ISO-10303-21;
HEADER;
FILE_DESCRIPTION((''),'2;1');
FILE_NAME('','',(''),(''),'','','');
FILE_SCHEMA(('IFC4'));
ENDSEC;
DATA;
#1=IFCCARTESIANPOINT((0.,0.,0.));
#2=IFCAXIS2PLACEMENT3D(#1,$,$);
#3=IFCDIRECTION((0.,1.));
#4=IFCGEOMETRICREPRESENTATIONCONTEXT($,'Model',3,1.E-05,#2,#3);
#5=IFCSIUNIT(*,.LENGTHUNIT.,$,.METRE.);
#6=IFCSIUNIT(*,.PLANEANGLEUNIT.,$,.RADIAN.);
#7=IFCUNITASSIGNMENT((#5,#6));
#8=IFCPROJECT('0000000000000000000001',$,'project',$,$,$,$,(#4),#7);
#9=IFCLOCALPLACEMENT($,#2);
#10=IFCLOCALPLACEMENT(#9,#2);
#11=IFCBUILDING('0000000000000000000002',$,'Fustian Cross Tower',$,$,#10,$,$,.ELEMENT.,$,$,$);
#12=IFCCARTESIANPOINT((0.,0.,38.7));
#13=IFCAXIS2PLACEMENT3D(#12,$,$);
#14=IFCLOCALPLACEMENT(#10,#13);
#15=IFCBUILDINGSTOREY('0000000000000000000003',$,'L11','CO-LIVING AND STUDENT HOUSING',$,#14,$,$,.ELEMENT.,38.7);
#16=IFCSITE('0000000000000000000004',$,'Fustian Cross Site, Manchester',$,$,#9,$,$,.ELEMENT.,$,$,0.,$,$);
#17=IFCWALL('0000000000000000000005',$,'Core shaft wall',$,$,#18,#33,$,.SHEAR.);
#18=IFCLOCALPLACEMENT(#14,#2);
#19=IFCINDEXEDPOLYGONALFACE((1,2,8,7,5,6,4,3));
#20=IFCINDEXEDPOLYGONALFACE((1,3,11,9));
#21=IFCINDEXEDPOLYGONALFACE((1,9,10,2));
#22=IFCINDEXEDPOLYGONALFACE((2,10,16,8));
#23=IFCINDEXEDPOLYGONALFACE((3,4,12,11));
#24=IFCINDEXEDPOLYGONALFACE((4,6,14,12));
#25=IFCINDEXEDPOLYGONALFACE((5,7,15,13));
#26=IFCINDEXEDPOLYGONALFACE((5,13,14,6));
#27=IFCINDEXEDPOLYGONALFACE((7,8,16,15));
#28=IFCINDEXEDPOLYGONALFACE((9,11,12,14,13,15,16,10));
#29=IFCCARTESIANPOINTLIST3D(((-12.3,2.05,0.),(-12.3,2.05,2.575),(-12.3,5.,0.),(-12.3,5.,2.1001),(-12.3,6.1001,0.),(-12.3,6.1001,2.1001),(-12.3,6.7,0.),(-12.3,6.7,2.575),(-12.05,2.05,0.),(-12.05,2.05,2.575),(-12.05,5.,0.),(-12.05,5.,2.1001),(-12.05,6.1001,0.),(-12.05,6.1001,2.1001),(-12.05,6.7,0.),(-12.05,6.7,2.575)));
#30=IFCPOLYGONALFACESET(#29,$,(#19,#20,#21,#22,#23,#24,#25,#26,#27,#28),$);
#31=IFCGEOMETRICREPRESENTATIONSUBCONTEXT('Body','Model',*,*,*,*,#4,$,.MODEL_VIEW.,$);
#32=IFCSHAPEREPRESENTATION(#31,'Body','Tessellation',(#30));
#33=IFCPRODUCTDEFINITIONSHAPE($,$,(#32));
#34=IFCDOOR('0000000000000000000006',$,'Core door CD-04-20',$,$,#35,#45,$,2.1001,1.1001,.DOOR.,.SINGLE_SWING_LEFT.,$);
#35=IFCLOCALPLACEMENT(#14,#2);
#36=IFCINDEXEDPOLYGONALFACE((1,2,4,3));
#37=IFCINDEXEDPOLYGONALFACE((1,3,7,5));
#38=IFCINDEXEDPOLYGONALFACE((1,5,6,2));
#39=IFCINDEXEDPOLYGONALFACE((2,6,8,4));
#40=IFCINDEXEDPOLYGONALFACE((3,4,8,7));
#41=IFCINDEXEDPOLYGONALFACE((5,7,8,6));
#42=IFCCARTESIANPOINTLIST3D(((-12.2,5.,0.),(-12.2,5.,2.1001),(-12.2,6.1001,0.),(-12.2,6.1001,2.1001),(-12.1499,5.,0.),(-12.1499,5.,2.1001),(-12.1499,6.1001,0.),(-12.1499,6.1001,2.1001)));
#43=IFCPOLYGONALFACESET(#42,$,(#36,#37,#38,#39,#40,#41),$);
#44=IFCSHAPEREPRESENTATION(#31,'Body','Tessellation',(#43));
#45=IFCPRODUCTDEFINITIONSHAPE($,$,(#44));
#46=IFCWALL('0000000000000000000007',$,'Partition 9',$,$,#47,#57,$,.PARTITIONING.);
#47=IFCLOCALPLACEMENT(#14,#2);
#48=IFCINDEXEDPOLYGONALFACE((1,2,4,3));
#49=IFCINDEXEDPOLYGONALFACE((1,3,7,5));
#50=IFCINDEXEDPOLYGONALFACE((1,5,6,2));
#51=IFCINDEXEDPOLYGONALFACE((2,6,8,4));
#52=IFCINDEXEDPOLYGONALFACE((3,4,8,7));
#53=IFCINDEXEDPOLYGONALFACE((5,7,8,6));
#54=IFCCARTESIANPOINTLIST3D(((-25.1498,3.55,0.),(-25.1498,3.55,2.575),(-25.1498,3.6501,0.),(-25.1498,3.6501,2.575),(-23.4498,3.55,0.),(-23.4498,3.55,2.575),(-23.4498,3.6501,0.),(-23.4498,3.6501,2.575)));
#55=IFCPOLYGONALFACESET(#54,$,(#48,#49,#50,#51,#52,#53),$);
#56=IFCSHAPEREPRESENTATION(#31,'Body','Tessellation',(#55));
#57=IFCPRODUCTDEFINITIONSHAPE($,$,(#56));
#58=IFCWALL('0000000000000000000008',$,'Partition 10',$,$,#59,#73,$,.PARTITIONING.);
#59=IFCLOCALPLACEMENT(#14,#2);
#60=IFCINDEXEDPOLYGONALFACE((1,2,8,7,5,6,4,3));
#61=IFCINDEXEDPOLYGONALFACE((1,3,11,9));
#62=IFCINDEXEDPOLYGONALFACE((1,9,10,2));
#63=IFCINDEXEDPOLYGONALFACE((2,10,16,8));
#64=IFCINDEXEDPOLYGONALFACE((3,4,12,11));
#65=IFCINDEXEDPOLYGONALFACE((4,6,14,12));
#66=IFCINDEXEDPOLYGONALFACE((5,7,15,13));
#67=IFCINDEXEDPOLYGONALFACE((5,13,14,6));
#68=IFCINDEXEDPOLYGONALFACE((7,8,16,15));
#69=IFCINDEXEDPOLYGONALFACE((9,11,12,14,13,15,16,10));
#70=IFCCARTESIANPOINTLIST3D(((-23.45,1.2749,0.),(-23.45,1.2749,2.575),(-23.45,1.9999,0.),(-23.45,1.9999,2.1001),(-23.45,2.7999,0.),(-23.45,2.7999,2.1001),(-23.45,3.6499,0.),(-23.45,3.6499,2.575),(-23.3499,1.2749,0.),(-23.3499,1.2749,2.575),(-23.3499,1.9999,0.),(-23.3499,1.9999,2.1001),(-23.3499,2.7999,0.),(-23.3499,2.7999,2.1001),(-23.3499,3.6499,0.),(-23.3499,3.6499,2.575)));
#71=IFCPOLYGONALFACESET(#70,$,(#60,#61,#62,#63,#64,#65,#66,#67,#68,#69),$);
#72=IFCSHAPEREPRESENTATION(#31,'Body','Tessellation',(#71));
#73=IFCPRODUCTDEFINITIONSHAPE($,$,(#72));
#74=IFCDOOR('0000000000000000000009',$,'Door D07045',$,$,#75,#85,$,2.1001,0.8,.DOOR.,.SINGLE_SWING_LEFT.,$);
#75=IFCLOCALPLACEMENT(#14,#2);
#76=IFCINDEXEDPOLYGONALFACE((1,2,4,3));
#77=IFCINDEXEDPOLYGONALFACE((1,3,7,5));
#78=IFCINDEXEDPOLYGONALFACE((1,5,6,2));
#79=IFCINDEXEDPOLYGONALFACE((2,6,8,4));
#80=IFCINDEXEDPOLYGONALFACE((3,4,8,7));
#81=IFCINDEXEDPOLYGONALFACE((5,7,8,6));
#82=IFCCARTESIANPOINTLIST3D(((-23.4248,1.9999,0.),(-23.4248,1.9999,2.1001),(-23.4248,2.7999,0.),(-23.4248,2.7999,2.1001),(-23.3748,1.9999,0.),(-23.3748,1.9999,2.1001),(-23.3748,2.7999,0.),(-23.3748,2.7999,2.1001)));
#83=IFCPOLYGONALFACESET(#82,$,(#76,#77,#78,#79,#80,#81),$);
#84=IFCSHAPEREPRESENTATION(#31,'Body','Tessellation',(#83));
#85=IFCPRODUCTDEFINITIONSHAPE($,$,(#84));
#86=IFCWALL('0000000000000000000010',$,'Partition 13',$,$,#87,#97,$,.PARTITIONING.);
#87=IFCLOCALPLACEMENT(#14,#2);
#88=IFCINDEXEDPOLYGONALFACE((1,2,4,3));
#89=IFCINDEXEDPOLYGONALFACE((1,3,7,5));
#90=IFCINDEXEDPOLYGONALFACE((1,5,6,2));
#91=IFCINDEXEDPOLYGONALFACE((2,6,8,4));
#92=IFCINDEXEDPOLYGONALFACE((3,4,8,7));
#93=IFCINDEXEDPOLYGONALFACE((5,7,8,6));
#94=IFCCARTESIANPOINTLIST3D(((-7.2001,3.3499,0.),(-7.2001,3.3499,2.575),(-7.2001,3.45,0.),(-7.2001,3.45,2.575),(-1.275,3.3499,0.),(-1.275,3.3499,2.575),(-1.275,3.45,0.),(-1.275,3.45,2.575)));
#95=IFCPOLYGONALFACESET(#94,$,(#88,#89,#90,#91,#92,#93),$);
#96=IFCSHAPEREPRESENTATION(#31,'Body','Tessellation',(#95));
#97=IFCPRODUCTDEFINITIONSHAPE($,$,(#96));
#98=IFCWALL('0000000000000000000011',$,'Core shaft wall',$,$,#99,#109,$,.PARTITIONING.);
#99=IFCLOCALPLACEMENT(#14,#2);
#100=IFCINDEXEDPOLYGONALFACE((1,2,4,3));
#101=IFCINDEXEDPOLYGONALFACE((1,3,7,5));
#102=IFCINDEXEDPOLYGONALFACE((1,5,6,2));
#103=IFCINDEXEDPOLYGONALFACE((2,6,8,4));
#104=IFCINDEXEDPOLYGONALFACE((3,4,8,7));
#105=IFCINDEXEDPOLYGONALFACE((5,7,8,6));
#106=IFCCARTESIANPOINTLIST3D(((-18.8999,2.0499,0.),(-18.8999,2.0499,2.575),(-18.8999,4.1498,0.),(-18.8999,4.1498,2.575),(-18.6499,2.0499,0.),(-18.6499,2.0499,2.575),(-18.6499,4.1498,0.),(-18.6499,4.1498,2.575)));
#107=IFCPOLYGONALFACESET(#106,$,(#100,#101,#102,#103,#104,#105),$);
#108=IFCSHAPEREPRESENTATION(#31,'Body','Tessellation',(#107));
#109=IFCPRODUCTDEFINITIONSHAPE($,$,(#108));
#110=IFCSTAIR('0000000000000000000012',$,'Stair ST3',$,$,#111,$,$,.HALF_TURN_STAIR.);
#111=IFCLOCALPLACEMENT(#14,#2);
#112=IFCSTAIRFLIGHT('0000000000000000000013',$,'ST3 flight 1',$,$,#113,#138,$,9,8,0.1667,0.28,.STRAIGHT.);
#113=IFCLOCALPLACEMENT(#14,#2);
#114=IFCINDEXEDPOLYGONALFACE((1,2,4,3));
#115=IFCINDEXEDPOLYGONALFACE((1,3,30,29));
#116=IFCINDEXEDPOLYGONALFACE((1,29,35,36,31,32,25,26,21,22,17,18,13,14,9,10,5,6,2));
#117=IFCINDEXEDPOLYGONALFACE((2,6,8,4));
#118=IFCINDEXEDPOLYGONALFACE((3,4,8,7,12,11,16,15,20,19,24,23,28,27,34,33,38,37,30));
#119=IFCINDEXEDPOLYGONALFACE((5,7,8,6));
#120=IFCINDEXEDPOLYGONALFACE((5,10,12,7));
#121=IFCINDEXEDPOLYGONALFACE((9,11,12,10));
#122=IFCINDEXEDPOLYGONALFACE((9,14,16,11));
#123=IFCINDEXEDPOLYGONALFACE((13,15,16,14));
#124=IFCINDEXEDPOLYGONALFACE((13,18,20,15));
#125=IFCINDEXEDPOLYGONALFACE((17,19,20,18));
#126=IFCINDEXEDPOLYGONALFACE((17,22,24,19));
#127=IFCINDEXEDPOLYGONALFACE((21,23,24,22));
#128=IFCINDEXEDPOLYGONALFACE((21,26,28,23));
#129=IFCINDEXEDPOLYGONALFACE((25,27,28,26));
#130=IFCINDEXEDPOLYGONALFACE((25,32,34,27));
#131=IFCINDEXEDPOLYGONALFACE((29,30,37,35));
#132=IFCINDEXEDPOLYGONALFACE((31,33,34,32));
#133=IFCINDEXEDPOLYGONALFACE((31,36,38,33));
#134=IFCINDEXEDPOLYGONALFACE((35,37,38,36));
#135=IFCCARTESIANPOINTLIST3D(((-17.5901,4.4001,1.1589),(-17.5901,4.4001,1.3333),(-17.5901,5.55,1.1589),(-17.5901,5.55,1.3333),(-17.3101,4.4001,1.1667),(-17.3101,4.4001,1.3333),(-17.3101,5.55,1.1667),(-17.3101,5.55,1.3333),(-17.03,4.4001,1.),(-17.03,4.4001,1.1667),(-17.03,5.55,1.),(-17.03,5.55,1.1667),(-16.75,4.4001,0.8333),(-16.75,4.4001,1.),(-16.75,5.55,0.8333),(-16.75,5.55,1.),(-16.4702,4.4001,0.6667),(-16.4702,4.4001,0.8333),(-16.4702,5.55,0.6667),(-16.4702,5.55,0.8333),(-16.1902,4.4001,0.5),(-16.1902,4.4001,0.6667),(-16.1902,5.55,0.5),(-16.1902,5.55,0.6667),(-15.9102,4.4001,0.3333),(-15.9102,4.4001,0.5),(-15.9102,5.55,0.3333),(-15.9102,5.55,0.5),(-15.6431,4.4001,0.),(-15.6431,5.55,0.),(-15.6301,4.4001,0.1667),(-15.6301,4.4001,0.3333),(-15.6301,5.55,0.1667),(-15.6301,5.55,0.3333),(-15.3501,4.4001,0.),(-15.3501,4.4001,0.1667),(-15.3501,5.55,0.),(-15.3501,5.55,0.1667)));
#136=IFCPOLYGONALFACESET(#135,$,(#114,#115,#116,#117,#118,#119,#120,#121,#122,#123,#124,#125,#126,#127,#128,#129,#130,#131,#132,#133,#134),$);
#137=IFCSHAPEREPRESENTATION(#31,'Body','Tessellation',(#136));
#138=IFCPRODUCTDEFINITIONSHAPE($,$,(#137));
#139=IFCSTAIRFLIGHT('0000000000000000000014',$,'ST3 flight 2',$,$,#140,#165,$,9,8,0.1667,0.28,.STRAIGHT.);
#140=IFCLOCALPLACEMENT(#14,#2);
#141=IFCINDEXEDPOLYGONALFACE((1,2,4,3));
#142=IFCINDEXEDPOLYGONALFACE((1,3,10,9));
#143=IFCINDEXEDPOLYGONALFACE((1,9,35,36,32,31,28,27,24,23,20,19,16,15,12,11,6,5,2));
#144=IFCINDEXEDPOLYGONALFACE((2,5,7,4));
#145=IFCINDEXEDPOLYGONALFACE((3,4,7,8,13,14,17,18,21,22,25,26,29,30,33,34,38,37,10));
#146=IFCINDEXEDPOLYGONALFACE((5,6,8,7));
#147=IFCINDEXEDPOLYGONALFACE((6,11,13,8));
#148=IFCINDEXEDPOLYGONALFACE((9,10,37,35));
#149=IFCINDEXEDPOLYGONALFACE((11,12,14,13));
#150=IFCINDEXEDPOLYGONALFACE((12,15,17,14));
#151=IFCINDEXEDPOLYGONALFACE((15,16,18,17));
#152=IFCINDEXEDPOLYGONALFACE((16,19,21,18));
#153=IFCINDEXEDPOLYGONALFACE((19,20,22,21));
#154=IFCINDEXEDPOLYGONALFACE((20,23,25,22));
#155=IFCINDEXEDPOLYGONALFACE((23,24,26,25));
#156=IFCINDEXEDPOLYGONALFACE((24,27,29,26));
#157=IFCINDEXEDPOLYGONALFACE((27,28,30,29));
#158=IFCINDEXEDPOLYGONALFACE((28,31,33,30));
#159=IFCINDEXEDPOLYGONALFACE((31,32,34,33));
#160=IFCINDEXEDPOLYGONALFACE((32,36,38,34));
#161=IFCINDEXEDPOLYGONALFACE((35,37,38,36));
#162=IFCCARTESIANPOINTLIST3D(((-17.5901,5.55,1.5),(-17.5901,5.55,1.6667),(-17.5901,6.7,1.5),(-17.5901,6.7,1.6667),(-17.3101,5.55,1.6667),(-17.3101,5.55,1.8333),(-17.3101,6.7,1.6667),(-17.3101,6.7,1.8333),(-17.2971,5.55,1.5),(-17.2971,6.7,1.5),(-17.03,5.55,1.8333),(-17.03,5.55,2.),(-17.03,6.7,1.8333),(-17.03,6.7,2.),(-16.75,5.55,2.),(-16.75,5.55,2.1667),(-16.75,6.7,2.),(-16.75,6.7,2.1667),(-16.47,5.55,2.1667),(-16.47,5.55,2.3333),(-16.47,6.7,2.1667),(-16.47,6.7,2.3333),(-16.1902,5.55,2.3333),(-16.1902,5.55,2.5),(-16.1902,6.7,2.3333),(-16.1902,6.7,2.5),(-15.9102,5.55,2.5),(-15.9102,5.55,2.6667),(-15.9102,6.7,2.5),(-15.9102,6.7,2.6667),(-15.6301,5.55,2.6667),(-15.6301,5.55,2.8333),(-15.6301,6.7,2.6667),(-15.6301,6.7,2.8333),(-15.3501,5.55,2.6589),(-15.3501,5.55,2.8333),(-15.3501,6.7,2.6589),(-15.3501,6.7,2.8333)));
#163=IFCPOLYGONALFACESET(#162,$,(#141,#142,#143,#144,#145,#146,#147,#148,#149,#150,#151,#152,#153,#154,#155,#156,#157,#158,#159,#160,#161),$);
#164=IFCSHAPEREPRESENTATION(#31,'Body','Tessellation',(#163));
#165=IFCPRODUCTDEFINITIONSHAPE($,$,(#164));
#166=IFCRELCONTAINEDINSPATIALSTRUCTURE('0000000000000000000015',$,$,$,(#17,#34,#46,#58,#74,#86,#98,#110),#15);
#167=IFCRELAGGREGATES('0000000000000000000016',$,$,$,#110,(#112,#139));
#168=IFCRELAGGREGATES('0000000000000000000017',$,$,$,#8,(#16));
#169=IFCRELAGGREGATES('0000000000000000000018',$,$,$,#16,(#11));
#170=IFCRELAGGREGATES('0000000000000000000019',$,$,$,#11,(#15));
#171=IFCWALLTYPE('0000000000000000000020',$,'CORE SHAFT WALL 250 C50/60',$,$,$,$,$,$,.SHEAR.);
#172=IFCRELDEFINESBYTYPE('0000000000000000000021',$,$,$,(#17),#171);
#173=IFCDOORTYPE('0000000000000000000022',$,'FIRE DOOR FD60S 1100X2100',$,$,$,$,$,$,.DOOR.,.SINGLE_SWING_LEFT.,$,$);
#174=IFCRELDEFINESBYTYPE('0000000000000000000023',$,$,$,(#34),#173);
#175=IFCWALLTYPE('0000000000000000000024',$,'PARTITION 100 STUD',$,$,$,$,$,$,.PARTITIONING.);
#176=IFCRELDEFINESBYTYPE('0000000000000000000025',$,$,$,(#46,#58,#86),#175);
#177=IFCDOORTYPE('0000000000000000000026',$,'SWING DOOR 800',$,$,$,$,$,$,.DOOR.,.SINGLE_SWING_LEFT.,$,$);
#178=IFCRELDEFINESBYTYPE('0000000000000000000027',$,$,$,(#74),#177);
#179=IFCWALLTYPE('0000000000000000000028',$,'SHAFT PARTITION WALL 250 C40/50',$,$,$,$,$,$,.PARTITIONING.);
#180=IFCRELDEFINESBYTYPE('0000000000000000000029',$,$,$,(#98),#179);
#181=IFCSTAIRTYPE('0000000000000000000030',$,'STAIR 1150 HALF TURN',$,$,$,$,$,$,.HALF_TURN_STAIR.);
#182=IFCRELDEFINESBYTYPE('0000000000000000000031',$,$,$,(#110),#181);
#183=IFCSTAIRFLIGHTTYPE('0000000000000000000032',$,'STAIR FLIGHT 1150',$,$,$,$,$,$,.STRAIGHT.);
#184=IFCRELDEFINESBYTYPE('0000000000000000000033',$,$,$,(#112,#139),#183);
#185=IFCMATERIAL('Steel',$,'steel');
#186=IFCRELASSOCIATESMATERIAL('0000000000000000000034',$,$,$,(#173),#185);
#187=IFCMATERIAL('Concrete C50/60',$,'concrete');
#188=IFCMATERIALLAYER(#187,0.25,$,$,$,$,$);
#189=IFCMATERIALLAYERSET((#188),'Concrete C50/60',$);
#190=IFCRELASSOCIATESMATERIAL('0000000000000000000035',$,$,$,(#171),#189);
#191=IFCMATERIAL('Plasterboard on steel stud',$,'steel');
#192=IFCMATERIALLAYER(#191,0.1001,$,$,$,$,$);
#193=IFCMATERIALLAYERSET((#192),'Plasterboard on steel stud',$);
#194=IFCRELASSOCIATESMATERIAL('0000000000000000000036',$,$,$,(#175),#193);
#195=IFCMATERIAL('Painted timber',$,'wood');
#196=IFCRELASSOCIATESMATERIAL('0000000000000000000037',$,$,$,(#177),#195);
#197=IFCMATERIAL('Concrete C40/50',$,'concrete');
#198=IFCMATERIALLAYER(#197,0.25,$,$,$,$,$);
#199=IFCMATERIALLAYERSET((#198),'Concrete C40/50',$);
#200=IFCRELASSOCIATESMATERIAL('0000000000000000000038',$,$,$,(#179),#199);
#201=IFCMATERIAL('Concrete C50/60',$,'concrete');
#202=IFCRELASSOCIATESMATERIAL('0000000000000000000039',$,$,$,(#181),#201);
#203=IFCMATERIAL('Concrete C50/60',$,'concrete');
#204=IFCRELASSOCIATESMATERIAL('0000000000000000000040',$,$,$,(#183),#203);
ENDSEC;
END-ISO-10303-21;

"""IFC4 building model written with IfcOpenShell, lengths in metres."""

from ifc_helpers import new_model, si_unit, direction, frame, frame_2d, origin, place, context, subcontext, project, spatial, polyline, rectangle, outline, extrude, material, layer, layer_set, type_object, element, fill, aggregate, save


model = new_model("IFC4")

# Units and contexts
model_context = context("Model", 3, precision=1e-05, world=origin(), true_north=direction((0.0, 1.0)))
body_context = subcontext(model_context, "Body", "Model", "MODEL_VIEW")
ifc_project = project(units=[si_unit("LENGTHUNIT", "METRE"), si_unit("PLANEANGLEUNIT", "RADIAN")], contexts=[model_context])

# Site, building, storey
site_placement = place(None, origin())
site = spatial("IfcSite", under=ifc_project, at=site_placement, Name="Fustian Cross Site, Manchester", CompositionType="ELEMENT", RefElevation=0.0)
building_placement = place(site_placement, origin())
building = spatial("IfcBuilding", under=site, at=building_placement, Name="Fustian Cross Tower", CompositionType="ELEMENT")
storey_placement = place(building_placement, frame((0.0, 0.0, 38.7)))
storey = spatial("IfcBuildingStorey", under=building, at=storey_placement, Name="L11", Description="CO-LIVING AND STUDENT HOUSING", CompositionType="ELEMENT", Elevation=38.7)

# Shared definitions
ifc_material_1 = material(Name="Steel", Category="steel")
door_type_1 = type_object("IfcDoorType", Name="FIRE DOOR FD60S 1100X2100", OperationType="SINGLE_SWING_LEFT", PredefinedType="DOOR", material=ifc_material_1)

# Shared definitions
ifc_material_2 = material(Name="Concrete C50/60", Category="concrete")
ifc_layer_1 = layer(ifc_material_2, 0.25)
ifc_layer_set_1 = layer_set([ifc_layer_1], Name="Concrete C50/60")
wall_type_1 = type_object("IfcWallType", Name="CORE SHAFT WALL 250 C50/60", PredefinedType="SHEAR", material=ifc_layer_set_1)

# Wall, opening, door
wall_1_placement = place(storey_placement, frame((-12.175, 2.05, 0.0), z_axis=(0.0, 0.0, 1.0), x_axis=(0.0, 1.0, 0.0)))
wall_1 = element("IfcWall", 1, at=wall_1_placement, inside=storey, type_object=wall_type_1, Name="Core shaft wall", PredefinedType="SHEAR", context=body_context, shape_type="SweptSolid", body=[
    extrude(rectangle(XDim=4.6499, YDim=0.25, at=frame_2d((2.325, 0.0))), origin(), (0.0, 0.0, 1.0), 2.575),
])
opening_1_placement = place(wall_1_placement, frame((2.95, 0.0, 0.0)))
opening_1 = element("IfcOpeningElement", 2, at=opening_1_placement, cuts=wall_1, PredefinedType="OPENING", context=body_context, shape_type="SweptSolid", body=[
    extrude(rectangle(XDim=1.1001, YDim=2.1001, at=frame_2d((0.55, 1.05))), frame((0.0, 0.135, 0.0), z_axis=(0.0, -1.0, 0.0), x_axis=(1.0, 0.0, 0.0)), (0.0, 0.0, 1.0), 0.27),
])
door_1_placement = place(opening_1_placement, origin())
door_1 = element("IfcDoor", 3, at=door_1_placement, inside=storey, type_object=door_type_1, Name="Core door CD-04-20", OperationType="SINGLE_SWING_LEFT", OverallHeight=2.1001, OverallWidth=1.1001, PredefinedType="DOOR", context=body_context, shape_type="SweptSolid", body=[
    extrude(rectangle(XDim=1.1001, YDim=2.1001, at=frame_2d((0.55, 1.05))), frame((0.0, 0.0249, 0.0), z_axis=(0.0, -1.0, 0.0), x_axis=(1.0, 0.0, 0.0)), (0.0, 0.0, 1.0), 0.05),
])
fill(opening_1, door_1)

# Wall
ifc_material_3 = material(Name="Plasterboard on steel stud", Category="steel")
ifc_layer_2 = layer(ifc_material_3, 0.1001)
ifc_layer_set_2 = layer_set([ifc_layer_2], Name="Plasterboard on steel stud")
wall_type_2 = type_object("IfcWallType", Name="PARTITION 100 STUD", PredefinedType="PARTITIONING", material=ifc_layer_set_2)
wall_2_placement = place(storey_placement, frame((-25.1499, 3.6001, 0.0), z_axis=(0.0, 0.0, 1.0), x_axis=(1.0, 0.0, 0.0)))
element("IfcWall", 4, at=wall_2_placement, inside=storey, type_object=wall_type_2, Name="Partition 9", PredefinedType="PARTITIONING", context=body_context, shape_type="SweptSolid", body=[
    extrude(rectangle(XDim=1.7, YDim=0.1001, at=frame_2d((0.8501, 0.0))), origin(), (0.0, 0.0, 1.0), 2.575),
])

# Wall, opening, door
wall_3_placement = place(storey_placement, frame((-23.3999, 1.2749, 0.0), z_axis=(0.0, 0.0, 1.0), x_axis=(0.0, 1.0, 0.0)))
wall_3 = element("IfcWall", 5, at=wall_3_placement, inside=storey, type_object=wall_type_2, Name="Partition 10", PredefinedType="PARTITIONING", context=body_context, shape_type="SweptSolid", body=[
    extrude(rectangle(XDim=2.375, YDim=0.1001, at=frame_2d((1.1875, 0.0))), origin(), (0.0, 0.0, 1.0), 2.575),
])
opening_2_placement = place(wall_3_placement, frame((0.7251, 0.0, 0.0)))
opening_2 = element("IfcOpeningElement", 6, at=opening_2_placement, cuts=wall_3, PredefinedType="OPENING", context=body_context, shape_type="SweptSolid", body=[
    extrude(rectangle(XDim=0.8, YDim=2.1001, at=frame_2d((0.3999, 1.05))), frame((0.0, 0.0601, 0.0), z_axis=(0.0, -1.0, 0.0), x_axis=(1.0, 0.0, 0.0)), (0.0, 0.0, 1.0), 0.1201),
])
ifc_material_4 = material(Name="Painted timber", Category="wood")
door_type_2 = type_object("IfcDoorType", Name="SWING DOOR 800", OperationType="SINGLE_SWING_LEFT", PredefinedType="DOOR", material=ifc_material_4)
door_2_placement = place(opening_2_placement, origin())
door_2 = element("IfcDoor", 7, at=door_2_placement, inside=storey, type_object=door_type_2, Name="Door D07045", OperationType="SINGLE_SWING_LEFT", OverallHeight=2.1001, OverallWidth=0.8, PredefinedType="DOOR", context=body_context, shape_type="SweptSolid", body=[
    extrude(rectangle(XDim=0.8, YDim=2.1001, at=frame_2d((0.3999, 1.05))), frame((0.0, 0.0249, 0.0), z_axis=(0.0, -1.0, 0.0), x_axis=(1.0, 0.0, 0.0)), (0.0, 0.0, 1.0), 0.05),
])
fill(opening_2, door_2)

# Walls
wall_4_placement = place(storey_placement, frame((-7.2, 3.3999, 0.0), z_axis=(0.0, 0.0, 1.0), x_axis=(1.0, 0.0, 0.0)))
element("IfcWall", 8, at=wall_4_placement, inside=storey, type_object=wall_type_2, Name="Partition 13", PredefinedType="PARTITIONING", context=body_context, shape_type="SweptSolid", body=[
    extrude(rectangle(XDim=5.925, YDim=0.1001, at=frame_2d((2.9624, 0.0))), origin(), (0.0, 0.0, 1.0), 2.575),
])
ifc_material_5 = material(Name="Concrete C40/50", Category="concrete")
ifc_layer_3 = layer(ifc_material_5, 0.25)
ifc_layer_set_3 = layer_set([ifc_layer_3], Name="Concrete C40/50")
wall_type_3 = type_object("IfcWallType", Name="SHAFT PARTITION WALL 250 C40/50", PredefinedType="PARTITIONING", material=ifc_layer_set_3)
wall_5_placement = place(storey_placement, frame((-18.7749, 2.05, 0.0), z_axis=(0.0, 0.0, 1.0), x_axis=(0.0, 1.0, 0.0)))
element("IfcWall", 9, at=wall_5_placement, inside=storey, type_object=wall_type_3, Name="Core shaft wall", PredefinedType="PARTITIONING", context=body_context, shape_type="SweptSolid", body=[
    extrude(rectangle(XDim=2.0999, YDim=0.25, at=frame_2d((1.0498, 0.0))), origin(), (0.0, 0.0, 1.0), 2.575),
])

# Stair, stair flights
ifc_material_6 = material(Name="Concrete C50/60", Category="concrete")
stair_type = type_object("IfcStairType", Name="STAIR 1150 HALF TURN", PredefinedType="HALF_TURN_STAIR", material=ifc_material_6)
stair_placement = place(storey_placement, origin())
stair = element("IfcStair", 10, at=stair_placement, inside=storey, type_object=stair_type, Name="Stair ST3", PredefinedType="HALF_TURN_STAIR")
ifc_material_7 = material(Name="Concrete C50/60", Category="concrete")
stair_flight_type = type_object("IfcStairFlightType", Name="STAIR FLIGHT 1150", PredefinedType="STRAIGHT", material=ifc_material_7)
stair_flight_1_placement = place(storey_placement, frame((-15.3501, 4.9751, 0.0), z_axis=(0.0, 0.0, 1.0), x_axis=(-1.0, 0.0, 0.0)))
stair_flight_1 = element("IfcStairFlight", 11, at=stair_flight_1_placement, type_object=stair_flight_type, Name="ST3 flight 1", NumberOfRisers=9, NumberOfTreads=8, PredefinedType="STRAIGHT", RiserHeight=0.1667, TreadLength=0.28, context=body_context, shape_type="SweptSolid", body=[
    extrude(outline(polyline([(0.0, 0.0), (0.0, 0.1667), (0.28, 0.1667), (0.28, 0.3333), (0.5601, 0.3333), (0.5601, 0.5), (0.8401, 0.5), (0.8401, 0.6667), (1.1201, 0.6667), (1.1201, 0.8333), (1.3999, 0.8333), (1.3999, 1.0), (1.6799, 1.0), (1.6799, 1.1667), (1.96, 1.1667), (1.96, 1.3333), (2.24, 1.3333), (2.24, 1.5), (2.24, 1.1589), (0.293, 0.0), (0.0, 0.0)])), frame((0.0, 0.575, 0.0), z_axis=(0.0, -1.0, 0.0), x_axis=(1.0, 0.0, 0.0)), (0.0, 0.0, 1.0), 1.1499),
])
stair_flight_2_placement = place(storey_placement, frame((-17.5901, 6.125, 1.5), z_axis=(0.0, 0.0, 1.0), x_axis=(1.0, 0.0, 0.0)))
stair_flight_2 = element("IfcStairFlight", 12, at=stair_flight_2_placement, type_object=stair_flight_type, Name="ST3 flight 2", NumberOfRisers=9, NumberOfTreads=8, PredefinedType="STRAIGHT", RiserHeight=0.1667, TreadLength=0.28, context=body_context, shape_type="SweptSolid", body=[
    extrude(outline(polyline([(0.0, 0.0), (0.0, 0.1667), (0.28, 0.1667), (0.28, 0.3333), (0.5601, 0.3333), (0.5601, 0.5), (0.8401, 0.5), (0.8401, 0.6667), (1.1201, 0.6667), (1.1201, 0.8333), (1.3999, 0.8333), (1.3999, 1.0), (1.6799, 1.0), (1.6799, 1.1667), (1.96, 1.1667), (1.96, 1.3333), (2.24, 1.3333), (2.24, 1.5), (2.24, 1.1589), (0.293, 0.0), (0.0, 0.0)])), frame((0.0, 0.575, 0.0), z_axis=(0.0, -1.0, 0.0), x_axis=(1.0, 0.0, 0.0)), (0.0, 0.0, 1.0), 1.1499),
])
aggregate(stair, [stair_flight_1, stair_flight_2])

save(model, "model.ifc")
